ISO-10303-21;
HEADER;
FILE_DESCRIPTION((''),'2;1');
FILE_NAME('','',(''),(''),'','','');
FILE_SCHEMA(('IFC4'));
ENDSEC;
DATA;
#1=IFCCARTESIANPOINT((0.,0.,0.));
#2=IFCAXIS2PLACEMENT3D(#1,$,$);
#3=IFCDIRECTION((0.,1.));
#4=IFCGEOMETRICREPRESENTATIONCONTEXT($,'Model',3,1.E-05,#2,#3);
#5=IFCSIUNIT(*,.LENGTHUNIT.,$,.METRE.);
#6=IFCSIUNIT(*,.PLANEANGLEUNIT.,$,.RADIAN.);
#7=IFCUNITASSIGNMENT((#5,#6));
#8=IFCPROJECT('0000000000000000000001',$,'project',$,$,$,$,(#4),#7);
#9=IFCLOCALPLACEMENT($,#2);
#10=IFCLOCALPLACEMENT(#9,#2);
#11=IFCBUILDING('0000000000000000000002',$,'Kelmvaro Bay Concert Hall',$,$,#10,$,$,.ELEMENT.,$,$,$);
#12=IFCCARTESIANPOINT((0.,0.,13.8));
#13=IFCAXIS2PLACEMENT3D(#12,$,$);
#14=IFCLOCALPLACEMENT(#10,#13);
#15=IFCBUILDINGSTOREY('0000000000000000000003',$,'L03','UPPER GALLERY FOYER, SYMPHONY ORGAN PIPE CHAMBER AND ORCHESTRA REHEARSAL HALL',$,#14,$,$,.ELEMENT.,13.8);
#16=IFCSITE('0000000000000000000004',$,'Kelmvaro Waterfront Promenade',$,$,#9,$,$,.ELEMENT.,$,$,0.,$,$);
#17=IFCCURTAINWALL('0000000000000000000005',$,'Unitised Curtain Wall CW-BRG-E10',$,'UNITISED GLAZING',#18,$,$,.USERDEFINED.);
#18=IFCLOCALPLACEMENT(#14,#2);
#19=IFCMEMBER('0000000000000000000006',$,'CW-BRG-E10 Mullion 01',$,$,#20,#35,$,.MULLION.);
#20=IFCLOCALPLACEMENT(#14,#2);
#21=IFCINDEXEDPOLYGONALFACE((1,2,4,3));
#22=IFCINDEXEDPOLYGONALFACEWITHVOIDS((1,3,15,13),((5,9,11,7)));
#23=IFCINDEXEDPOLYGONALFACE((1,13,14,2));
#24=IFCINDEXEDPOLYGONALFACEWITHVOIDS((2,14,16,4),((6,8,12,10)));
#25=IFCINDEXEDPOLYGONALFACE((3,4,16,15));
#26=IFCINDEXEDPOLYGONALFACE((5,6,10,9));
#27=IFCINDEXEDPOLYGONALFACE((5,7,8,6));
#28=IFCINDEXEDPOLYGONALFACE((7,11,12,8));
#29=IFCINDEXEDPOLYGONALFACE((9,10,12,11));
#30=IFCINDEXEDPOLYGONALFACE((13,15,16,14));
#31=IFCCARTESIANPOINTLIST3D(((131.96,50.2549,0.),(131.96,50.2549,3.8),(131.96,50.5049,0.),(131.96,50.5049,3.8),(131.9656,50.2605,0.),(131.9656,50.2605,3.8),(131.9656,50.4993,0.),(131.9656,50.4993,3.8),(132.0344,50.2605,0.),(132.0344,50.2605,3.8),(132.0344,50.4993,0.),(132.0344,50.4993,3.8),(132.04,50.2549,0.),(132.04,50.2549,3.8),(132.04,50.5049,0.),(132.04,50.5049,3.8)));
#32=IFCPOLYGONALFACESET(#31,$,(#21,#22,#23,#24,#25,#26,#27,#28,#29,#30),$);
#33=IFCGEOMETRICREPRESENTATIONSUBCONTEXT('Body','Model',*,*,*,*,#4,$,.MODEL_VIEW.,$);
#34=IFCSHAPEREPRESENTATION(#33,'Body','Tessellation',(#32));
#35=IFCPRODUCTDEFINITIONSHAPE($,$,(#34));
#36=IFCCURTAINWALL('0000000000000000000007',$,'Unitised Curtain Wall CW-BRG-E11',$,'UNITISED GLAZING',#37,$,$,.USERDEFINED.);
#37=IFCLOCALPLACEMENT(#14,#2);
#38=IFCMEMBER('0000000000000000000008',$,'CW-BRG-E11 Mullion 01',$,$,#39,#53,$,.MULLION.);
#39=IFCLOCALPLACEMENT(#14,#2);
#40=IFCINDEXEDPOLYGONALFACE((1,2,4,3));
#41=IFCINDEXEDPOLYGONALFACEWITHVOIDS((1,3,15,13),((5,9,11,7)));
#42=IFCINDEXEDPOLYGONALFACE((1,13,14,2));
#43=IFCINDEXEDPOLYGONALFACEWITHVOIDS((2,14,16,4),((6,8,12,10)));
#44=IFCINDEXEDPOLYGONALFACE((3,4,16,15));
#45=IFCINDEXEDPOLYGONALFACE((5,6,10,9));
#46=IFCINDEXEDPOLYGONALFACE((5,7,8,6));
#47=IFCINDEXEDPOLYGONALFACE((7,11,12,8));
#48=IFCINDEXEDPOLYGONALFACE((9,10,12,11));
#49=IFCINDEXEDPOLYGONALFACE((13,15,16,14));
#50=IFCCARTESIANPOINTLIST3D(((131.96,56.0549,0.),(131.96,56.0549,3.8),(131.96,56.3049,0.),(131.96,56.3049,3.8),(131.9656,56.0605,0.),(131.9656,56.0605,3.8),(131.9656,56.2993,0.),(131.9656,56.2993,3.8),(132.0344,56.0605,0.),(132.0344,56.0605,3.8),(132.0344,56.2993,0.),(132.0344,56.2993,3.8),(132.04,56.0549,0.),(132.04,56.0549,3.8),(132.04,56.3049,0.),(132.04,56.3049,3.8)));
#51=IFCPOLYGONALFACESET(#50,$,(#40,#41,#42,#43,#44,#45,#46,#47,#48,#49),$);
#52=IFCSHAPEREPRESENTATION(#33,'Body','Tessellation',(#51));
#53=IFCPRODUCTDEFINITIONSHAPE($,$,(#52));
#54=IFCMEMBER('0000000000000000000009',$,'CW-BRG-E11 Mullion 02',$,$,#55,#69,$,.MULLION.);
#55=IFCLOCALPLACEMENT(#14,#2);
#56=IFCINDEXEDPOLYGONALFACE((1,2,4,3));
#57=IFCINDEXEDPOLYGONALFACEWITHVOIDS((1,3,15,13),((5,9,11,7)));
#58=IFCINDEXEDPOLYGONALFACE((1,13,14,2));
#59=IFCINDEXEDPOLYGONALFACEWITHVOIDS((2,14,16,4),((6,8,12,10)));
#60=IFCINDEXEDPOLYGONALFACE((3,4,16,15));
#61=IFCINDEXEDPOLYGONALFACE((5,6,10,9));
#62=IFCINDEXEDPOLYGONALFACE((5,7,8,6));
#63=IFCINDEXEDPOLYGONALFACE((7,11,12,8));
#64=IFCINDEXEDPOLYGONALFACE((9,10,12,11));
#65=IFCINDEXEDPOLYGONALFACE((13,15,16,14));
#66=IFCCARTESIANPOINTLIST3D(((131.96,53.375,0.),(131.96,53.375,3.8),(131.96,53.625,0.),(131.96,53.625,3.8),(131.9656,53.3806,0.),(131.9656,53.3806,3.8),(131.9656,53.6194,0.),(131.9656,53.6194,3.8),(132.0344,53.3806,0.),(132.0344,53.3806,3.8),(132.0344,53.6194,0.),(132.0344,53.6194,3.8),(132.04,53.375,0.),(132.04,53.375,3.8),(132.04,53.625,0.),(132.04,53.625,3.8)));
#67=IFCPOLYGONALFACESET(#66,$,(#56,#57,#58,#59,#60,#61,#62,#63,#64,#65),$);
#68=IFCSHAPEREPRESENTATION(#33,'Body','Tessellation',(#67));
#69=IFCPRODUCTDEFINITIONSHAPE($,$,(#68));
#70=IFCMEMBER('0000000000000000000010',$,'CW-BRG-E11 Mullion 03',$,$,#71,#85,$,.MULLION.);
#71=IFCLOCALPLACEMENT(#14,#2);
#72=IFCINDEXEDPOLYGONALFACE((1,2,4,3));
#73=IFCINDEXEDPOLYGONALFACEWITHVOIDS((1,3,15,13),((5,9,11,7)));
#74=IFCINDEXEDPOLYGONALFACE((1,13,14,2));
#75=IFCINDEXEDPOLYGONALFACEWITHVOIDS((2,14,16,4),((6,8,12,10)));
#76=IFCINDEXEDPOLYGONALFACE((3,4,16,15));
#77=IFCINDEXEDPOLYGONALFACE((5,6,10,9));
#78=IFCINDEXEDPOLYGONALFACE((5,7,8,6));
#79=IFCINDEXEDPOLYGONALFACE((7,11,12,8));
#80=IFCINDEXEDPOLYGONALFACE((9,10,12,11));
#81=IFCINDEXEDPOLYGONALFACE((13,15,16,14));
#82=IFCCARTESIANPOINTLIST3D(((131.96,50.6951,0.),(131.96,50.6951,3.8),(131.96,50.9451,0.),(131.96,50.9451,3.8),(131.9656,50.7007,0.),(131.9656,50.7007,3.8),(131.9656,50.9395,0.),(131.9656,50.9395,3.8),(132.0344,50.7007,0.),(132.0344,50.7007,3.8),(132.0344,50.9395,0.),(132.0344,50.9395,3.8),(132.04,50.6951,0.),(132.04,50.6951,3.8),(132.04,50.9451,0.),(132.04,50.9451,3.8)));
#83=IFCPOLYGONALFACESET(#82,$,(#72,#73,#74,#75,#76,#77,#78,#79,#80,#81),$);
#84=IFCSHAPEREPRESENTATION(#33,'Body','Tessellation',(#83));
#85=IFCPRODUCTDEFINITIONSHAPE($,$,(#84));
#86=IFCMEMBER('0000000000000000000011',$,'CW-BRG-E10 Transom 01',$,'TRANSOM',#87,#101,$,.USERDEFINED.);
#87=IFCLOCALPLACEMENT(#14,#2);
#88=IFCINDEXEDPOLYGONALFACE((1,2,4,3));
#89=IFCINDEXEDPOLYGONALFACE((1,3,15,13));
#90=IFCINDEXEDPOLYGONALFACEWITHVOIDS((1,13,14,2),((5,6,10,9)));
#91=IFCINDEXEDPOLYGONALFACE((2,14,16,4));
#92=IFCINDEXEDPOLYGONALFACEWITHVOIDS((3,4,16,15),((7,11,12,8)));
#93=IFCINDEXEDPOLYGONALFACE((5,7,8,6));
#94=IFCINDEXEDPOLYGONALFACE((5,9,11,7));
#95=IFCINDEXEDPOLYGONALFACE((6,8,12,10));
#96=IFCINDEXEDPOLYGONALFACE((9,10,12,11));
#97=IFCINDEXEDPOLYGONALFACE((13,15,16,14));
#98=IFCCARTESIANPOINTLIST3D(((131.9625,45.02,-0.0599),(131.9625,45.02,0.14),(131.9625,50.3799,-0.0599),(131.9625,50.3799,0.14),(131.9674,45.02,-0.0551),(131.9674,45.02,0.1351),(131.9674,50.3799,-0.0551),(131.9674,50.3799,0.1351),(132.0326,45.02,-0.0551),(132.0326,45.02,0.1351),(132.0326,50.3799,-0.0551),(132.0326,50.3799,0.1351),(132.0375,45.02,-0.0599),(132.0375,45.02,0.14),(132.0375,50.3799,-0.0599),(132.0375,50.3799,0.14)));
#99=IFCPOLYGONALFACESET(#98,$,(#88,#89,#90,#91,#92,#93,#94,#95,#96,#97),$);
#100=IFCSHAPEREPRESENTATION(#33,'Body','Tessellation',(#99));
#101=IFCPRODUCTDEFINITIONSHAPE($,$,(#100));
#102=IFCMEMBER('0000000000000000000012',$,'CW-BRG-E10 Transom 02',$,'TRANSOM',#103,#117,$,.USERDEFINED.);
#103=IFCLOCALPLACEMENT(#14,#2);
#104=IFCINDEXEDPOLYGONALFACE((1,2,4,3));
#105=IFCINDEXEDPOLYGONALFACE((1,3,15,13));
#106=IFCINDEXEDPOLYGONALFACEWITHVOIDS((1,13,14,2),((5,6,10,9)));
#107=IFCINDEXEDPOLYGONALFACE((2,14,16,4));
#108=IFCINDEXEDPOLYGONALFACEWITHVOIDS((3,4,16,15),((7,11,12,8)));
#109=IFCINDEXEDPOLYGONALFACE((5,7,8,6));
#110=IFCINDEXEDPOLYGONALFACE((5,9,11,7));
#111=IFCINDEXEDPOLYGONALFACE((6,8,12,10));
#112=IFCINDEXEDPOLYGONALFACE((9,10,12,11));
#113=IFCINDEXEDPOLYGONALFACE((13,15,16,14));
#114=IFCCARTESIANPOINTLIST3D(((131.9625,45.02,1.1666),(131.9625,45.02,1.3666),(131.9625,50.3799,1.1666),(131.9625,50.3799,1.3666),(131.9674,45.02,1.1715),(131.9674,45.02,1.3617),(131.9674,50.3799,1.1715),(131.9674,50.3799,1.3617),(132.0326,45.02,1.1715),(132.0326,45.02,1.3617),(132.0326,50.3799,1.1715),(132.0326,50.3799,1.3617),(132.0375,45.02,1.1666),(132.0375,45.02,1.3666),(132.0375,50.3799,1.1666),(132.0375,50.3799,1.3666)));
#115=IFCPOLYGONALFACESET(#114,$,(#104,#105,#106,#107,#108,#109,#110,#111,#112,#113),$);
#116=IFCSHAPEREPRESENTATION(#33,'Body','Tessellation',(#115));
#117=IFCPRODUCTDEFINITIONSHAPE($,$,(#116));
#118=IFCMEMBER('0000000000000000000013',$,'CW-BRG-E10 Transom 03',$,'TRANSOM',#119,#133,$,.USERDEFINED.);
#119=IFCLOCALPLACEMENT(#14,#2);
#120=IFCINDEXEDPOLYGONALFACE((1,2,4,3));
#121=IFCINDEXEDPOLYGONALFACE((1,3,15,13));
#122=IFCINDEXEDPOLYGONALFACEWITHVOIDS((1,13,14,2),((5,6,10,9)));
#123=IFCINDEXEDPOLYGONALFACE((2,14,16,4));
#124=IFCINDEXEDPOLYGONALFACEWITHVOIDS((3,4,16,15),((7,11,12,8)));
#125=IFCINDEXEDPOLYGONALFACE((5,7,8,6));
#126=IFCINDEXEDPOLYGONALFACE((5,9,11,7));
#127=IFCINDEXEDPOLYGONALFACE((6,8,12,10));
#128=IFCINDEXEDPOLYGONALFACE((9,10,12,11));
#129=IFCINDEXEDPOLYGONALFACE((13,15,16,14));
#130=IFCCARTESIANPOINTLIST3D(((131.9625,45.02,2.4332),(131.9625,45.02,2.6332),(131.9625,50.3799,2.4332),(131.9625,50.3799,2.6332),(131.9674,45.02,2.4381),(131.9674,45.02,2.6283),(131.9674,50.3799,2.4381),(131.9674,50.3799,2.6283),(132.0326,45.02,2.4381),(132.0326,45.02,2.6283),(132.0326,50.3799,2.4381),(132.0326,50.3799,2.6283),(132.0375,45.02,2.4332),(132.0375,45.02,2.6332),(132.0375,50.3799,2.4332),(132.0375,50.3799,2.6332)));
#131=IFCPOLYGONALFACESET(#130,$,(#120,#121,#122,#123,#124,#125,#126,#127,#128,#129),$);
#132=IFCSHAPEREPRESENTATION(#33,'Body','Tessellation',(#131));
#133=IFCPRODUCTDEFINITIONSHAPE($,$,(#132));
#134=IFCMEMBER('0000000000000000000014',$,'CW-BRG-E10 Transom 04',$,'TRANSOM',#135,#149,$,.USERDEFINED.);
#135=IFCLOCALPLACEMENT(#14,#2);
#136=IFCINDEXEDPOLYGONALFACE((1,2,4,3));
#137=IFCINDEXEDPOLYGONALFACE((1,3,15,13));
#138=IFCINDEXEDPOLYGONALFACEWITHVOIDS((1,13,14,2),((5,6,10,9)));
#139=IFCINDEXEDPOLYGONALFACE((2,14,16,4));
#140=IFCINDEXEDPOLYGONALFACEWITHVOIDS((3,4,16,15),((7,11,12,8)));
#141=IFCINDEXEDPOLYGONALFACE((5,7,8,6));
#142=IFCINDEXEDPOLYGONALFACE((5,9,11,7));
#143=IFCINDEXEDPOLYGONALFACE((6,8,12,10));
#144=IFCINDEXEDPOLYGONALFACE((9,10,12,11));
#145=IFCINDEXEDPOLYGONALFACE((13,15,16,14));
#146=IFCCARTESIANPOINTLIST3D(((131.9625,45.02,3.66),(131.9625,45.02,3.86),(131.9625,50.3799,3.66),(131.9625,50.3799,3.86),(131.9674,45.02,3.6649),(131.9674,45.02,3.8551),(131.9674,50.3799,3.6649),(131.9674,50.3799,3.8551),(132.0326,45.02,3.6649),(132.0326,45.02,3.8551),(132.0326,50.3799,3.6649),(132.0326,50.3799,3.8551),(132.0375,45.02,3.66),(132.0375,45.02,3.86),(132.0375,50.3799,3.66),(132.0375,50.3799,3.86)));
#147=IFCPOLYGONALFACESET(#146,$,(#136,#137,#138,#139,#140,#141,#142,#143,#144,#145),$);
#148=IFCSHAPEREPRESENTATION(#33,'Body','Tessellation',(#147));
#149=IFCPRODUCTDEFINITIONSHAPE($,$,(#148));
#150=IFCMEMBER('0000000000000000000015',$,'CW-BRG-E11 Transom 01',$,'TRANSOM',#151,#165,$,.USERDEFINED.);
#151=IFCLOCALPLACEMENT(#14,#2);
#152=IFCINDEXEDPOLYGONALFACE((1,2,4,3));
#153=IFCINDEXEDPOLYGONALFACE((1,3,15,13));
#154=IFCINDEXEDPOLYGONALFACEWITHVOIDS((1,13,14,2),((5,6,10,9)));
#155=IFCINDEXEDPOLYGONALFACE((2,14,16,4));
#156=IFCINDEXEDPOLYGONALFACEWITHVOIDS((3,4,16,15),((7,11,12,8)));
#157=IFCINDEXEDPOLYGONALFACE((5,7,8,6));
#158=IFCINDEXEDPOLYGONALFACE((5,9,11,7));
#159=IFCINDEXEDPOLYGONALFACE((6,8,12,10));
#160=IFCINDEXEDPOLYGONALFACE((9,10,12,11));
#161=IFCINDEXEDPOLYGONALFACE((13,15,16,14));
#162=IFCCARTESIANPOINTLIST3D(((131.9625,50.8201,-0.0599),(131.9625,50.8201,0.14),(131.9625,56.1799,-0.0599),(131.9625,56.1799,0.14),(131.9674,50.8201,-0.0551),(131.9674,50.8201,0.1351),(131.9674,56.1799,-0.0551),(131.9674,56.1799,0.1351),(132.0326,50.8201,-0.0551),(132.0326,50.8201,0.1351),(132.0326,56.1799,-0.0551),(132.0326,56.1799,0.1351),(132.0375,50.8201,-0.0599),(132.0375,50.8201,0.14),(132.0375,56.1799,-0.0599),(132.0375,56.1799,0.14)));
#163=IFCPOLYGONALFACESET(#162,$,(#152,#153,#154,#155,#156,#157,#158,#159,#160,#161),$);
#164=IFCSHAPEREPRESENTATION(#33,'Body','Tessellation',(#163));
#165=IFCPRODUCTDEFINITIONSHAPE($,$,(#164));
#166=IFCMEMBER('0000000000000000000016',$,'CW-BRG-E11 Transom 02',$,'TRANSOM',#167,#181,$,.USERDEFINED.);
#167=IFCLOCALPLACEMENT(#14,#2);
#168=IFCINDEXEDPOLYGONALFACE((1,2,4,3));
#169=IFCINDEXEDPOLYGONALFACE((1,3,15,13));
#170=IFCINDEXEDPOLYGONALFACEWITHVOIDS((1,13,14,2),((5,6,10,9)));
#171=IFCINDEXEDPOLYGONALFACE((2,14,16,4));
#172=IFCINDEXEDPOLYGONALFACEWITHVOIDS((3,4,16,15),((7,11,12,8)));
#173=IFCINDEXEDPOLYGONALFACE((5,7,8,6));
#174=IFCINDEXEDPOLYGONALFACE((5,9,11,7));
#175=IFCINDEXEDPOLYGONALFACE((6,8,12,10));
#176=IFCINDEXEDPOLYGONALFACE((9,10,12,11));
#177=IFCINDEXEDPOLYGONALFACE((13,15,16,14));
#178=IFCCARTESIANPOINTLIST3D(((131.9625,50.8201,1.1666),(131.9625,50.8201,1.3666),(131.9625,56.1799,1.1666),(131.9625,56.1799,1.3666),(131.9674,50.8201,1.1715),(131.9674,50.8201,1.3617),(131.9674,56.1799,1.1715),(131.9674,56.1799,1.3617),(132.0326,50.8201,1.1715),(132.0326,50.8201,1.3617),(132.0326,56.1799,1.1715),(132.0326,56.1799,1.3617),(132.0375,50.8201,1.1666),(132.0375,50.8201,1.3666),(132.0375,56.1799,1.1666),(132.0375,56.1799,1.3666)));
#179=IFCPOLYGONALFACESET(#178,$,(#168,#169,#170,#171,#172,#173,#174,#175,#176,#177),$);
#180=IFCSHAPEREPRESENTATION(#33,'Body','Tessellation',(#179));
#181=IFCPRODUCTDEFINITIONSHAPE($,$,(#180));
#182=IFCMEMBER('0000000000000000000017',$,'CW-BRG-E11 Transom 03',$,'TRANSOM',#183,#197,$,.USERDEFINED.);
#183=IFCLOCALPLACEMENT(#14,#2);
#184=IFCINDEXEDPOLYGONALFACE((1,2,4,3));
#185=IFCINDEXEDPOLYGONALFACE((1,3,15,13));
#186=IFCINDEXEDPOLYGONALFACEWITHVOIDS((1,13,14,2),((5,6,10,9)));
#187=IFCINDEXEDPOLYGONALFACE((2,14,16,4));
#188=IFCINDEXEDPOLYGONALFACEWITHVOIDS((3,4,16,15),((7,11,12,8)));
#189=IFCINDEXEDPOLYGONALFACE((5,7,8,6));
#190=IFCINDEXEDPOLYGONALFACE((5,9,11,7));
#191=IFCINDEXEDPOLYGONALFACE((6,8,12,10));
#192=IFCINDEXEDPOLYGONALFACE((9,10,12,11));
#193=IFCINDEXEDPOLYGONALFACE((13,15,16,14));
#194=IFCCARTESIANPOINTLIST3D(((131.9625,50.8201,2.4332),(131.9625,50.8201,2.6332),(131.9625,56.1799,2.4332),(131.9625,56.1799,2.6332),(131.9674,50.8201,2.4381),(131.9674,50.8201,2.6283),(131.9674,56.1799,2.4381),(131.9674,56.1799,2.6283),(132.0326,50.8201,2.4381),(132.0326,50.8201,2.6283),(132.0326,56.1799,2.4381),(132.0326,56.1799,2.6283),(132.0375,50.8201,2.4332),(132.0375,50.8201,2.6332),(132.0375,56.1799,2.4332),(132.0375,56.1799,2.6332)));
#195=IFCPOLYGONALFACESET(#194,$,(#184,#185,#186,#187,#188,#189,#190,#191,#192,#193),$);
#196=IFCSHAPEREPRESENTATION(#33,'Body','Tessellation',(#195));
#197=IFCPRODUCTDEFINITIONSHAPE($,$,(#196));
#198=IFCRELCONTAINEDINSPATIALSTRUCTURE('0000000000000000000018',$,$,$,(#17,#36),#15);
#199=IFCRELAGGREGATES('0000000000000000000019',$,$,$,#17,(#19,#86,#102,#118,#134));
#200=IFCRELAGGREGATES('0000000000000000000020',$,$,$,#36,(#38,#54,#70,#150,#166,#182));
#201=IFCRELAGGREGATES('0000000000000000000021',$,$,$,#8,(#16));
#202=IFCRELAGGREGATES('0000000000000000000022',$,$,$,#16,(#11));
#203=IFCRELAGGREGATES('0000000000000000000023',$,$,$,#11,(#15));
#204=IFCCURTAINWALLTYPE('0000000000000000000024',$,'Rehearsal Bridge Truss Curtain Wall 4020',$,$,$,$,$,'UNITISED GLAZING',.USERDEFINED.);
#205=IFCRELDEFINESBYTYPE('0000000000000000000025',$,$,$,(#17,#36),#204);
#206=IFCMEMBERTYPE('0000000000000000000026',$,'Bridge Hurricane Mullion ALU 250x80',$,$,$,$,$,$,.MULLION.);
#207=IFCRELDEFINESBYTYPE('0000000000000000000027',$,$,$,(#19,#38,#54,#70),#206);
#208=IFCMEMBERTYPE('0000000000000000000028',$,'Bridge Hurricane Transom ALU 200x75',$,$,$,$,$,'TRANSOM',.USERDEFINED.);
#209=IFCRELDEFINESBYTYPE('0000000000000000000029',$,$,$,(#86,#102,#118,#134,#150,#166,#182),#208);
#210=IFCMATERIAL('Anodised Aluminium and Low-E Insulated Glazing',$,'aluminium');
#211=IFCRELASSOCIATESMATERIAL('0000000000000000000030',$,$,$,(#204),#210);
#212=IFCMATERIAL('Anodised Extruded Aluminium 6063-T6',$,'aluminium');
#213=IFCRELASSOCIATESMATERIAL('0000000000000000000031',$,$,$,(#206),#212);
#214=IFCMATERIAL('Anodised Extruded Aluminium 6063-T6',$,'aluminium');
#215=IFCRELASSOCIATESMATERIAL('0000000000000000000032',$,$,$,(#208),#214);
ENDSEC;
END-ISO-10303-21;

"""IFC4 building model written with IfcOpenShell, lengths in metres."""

from ifc_helpers import new_model, si_unit, direction, frame, origin, origin_2d, place, context, subcontext, project, spatial, hollow_rectangle, extrude, material, material_profile, profile_set, type_object, element, aggregate, save


model = new_model("IFC4")

# Units and contexts
model_context = context("Model", 3, precision=1e-05, world=origin(), true_north=direction((0.0, 1.0)))
body_context = subcontext(model_context, "Body", "Model", "MODEL_VIEW")
ifc_project = project(units=[si_unit("LENGTHUNIT", "METRE"), si_unit("PLANEANGLEUNIT", "RADIAN")], contexts=[model_context])

# Site, building, storey
site_placement = place(None, origin())
site = spatial("IfcSite", under=ifc_project, at=site_placement, Name="Kelmvaro Waterfront Promenade", CompositionType="ELEMENT", RefElevation=0.0)
building_placement = place(site_placement, origin())
building = spatial("IfcBuilding", under=site, at=building_placement, Name="Kelmvaro Bay Concert Hall", CompositionType="ELEMENT")
storey_placement = place(building_placement, frame((0.0, 0.0, 13.8)))
storey = spatial("IfcBuildingStorey", under=building, at=storey_placement, Name="L03", Description="UPPER GALLERY FOYER, SYMPHONY ORGAN PIPE CHAMBER AND ORCHESTRA REHEARSAL HALL", CompositionType="ELEMENT", Elevation=13.8)

# Curtain wall, member
ifc_material_1 = material(Name="Anodised Aluminium and Low-E Insulated Glazing", Category="aluminium")
curtain_wall_type = type_object("IfcCurtainWallType", Name="Rehearsal Bridge Truss Curtain Wall 4020", ElementType="UNITISED GLAZING", PredefinedType="USERDEFINED", material=ifc_material_1)
curtain_wall_1_placement = place(storey_placement, origin())
curtain_wall_1 = element("IfcCurtainWall", 1, at=curtain_wall_1_placement, inside=storey, type_object=curtain_wall_type, Name="Unitised Curtain Wall CW-BRG-E10", ObjectType="UNITISED GLAZING", PredefinedType="USERDEFINED")
ifc_material_2 = material(Name="Anodised Extruded Aluminium 6063-T6", Category="aluminium")
ifc_material_profile_1 = material_profile(ifc_material_2, hollow_rectangle(XDim=0.0801, YDim=0.25, WallThickness=0.0056, at=origin_2d()), Name="ALU-MUL-250X80")
ifc_profile_set_1 = profile_set([ifc_material_profile_1], Name="Anodised Extruded Aluminium 6063-T6")
member_type_1 = type_object("IfcMemberType", Name="Bridge Hurricane Mullion ALU 250x80", PredefinedType="MULLION", material=ifc_profile_set_1)
member_1_placement = place(storey_placement, frame((132.0, 50.3799, 0.0), z_axis=(0.0, 0.0, 1.0), x_axis=(1.0, 0.0, 0.0)))
member_1 = element("IfcMember", 2, at=member_1_placement, type_object=member_type_1, Name="CW-BRG-E10 Mullion 01", PredefinedType="MULLION", context=body_context, shape_type="SweptSolid", body=[
    extrude(hollow_rectangle(XDim=0.0801, YDim=0.25, WallThickness=0.0056, at=origin_2d()), origin(), (0.0, 0.0, 1.0), 3.8),
])

# Curtain wall, members
curtain_wall_2_placement = place(storey_placement, origin())
curtain_wall_2 = element("IfcCurtainWall", 3, at=curtain_wall_2_placement, inside=storey, type_object=curtain_wall_type, Name="Unitised Curtain Wall CW-BRG-E11", ObjectType="UNITISED GLAZING", PredefinedType="USERDEFINED")
member_2_placement = place(storey_placement, frame((132.0, 56.1799, 0.0), z_axis=(0.0, 0.0, 1.0), x_axis=(1.0, 0.0, 0.0)))
member_2 = element("IfcMember", 4, at=member_2_placement, type_object=member_type_1, Name="CW-BRG-E11 Mullion 01", PredefinedType="MULLION", context=body_context, shape_type="SweptSolid", body=[
    extrude(hollow_rectangle(XDim=0.0801, YDim=0.25, WallThickness=0.0056, at=origin_2d()), origin(), (0.0, 0.0, 1.0), 3.8),
])
member_3_placement = place(storey_placement, frame((132.0, 53.5, 0.0), z_axis=(0.0, 0.0, 1.0), x_axis=(1.0, 0.0, 0.0)))
member_3 = element("IfcMember", 5, at=member_3_placement, type_object=member_type_1, Name="CW-BRG-E11 Mullion 02", PredefinedType="MULLION", context=body_context, shape_type="SweptSolid", body=[
    extrude(hollow_rectangle(XDim=0.0801, YDim=0.25, WallThickness=0.0056, at=origin_2d()), origin(), (0.0, 0.0, 1.0), 3.8),
])
member_4_placement = place(storey_placement, frame((132.0, 50.8201, 0.0), z_axis=(0.0, 0.0, 1.0), x_axis=(1.0, 0.0, 0.0)))
member_4 = element("IfcMember", 6, at=member_4_placement, type_object=member_type_1, Name="CW-BRG-E11 Mullion 03", PredefinedType="MULLION", context=body_context, shape_type="SweptSolid", body=[
    extrude(hollow_rectangle(XDim=0.0801, YDim=0.25, WallThickness=0.0056, at=origin_2d()), origin(), (0.0, 0.0, 1.0), 3.8),
])

# Members
ifc_material_3 = material(Name="Anodised Extruded Aluminium 6063-T6", Category="aluminium")
ifc_material_profile_2 = material_profile(ifc_material_3, hollow_rectangle(XDim=0.075, YDim=0.2, WallThickness=0.0049, at=origin_2d()), Name="ALU-TRN-200X75")
ifc_profile_set_2 = profile_set([ifc_material_profile_2], Name="Anodised Extruded Aluminium 6063-T6")
member_type_2 = type_object("IfcMemberType", Name="Bridge Hurricane Transom ALU 200x75", ElementType="TRANSOM", PredefinedType="USERDEFINED", material=ifc_profile_set_2)
member_5_placement = place(storey_placement, frame((132.0, 50.3799, 0.04), z_axis=(0.0, -1.0, 0.0), x_axis=(1.0, 0.0, 0.0)))
member_5 = element("IfcMember", 7, at=member_5_placement, type_object=member_type_2, Name="CW-BRG-E10 Transom 01", ObjectType="TRANSOM", PredefinedType="USERDEFINED", context=body_context, shape_type="SweptSolid", body=[
    extrude(hollow_rectangle(XDim=0.075, YDim=0.2, WallThickness=0.0049, at=origin_2d()), origin(), (0.0, 0.0, 1.0), 5.3599),
])
member_6_placement = place(storey_placement, frame((132.0, 50.3799, 1.2666), z_axis=(0.0, -1.0, 0.0), x_axis=(1.0, 0.0, 0.0)))
member_6 = element("IfcMember", 8, at=member_6_placement, type_object=member_type_2, Name="CW-BRG-E10 Transom 02", ObjectType="TRANSOM", PredefinedType="USERDEFINED", context=body_context, shape_type="SweptSolid", body=[
    extrude(hollow_rectangle(XDim=0.075, YDim=0.2, WallThickness=0.0049, at=origin_2d()), origin(), (0.0, 0.0, 1.0), 5.3599),
])
member_7_placement = place(storey_placement, frame((132.0, 50.3799, 2.5332), z_axis=(0.0, -1.0, 0.0), x_axis=(1.0, 0.0, 0.0)))
member_7 = element("IfcMember", 9, at=member_7_placement, type_object=member_type_2, Name="CW-BRG-E10 Transom 03", ObjectType="TRANSOM", PredefinedType="USERDEFINED", context=body_context, shape_type="SweptSolid", body=[
    extrude(hollow_rectangle(XDim=0.075, YDim=0.2, WallThickness=0.0049, at=origin_2d()), origin(), (0.0, 0.0, 1.0), 5.3599),
])
member_8_placement = place(storey_placement, frame((132.0, 50.3799, 3.76), z_axis=(0.0, -1.0, 0.0), x_axis=(1.0, 0.0, 0.0)))
member_8 = element("IfcMember", 10, at=member_8_placement, type_object=member_type_2, Name="CW-BRG-E10 Transom 04", ObjectType="TRANSOM", PredefinedType="USERDEFINED", context=body_context, shape_type="SweptSolid", body=[
    extrude(hollow_rectangle(XDim=0.075, YDim=0.2, WallThickness=0.0049, at=origin_2d()), origin(), (0.0, 0.0, 1.0), 5.3599),
])
member_9_placement = place(storey_placement, frame((132.0, 56.1799, 0.04), z_axis=(0.0, -1.0, 0.0), x_axis=(1.0, 0.0, 0.0)))
member_9 = element("IfcMember", 11, at=member_9_placement, type_object=member_type_2, Name="CW-BRG-E11 Transom 01", ObjectType="TRANSOM", PredefinedType="USERDEFINED", context=body_context, shape_type="SweptSolid", body=[
    extrude(hollow_rectangle(XDim=0.075, YDim=0.2, WallThickness=0.0049, at=origin_2d()), origin(), (0.0, 0.0, 1.0), 5.3599),
])
member_10_placement = place(storey_placement, frame((132.0, 56.1799, 1.2666), z_axis=(0.0, -1.0, 0.0), x_axis=(1.0, 0.0, 0.0)))
member_10 = element("IfcMember", 12, at=member_10_placement, type_object=member_type_2, Name="CW-BRG-E11 Transom 02", ObjectType="TRANSOM", PredefinedType="USERDEFINED", context=body_context, shape_type="SweptSolid", body=[
    extrude(hollow_rectangle(XDim=0.075, YDim=0.2, WallThickness=0.0049, at=origin_2d()), origin(), (0.0, 0.0, 1.0), 5.3599),
])
member_11_placement = place(storey_placement, frame((132.0, 56.1799, 2.5332), z_axis=(0.0, -1.0, 0.0), x_axis=(1.0, 0.0, 0.0)))
member_11 = element("IfcMember", 13, at=member_11_placement, type_object=member_type_2, Name="CW-BRG-E11 Transom 03", ObjectType="TRANSOM", PredefinedType="USERDEFINED", context=body_context, shape_type="SweptSolid", body=[
    extrude(hollow_rectangle(XDim=0.075, YDim=0.2, WallThickness=0.0049, at=origin_2d()), origin(), (0.0, 0.0, 1.0), 5.3599),
])

aggregate(curtain_wall_1, [member_1, member_5, member_6, member_7, member_8])
aggregate(curtain_wall_2, [member_2, member_3, member_4, member_9, member_10, member_11])

save(model, "model.ifc")
